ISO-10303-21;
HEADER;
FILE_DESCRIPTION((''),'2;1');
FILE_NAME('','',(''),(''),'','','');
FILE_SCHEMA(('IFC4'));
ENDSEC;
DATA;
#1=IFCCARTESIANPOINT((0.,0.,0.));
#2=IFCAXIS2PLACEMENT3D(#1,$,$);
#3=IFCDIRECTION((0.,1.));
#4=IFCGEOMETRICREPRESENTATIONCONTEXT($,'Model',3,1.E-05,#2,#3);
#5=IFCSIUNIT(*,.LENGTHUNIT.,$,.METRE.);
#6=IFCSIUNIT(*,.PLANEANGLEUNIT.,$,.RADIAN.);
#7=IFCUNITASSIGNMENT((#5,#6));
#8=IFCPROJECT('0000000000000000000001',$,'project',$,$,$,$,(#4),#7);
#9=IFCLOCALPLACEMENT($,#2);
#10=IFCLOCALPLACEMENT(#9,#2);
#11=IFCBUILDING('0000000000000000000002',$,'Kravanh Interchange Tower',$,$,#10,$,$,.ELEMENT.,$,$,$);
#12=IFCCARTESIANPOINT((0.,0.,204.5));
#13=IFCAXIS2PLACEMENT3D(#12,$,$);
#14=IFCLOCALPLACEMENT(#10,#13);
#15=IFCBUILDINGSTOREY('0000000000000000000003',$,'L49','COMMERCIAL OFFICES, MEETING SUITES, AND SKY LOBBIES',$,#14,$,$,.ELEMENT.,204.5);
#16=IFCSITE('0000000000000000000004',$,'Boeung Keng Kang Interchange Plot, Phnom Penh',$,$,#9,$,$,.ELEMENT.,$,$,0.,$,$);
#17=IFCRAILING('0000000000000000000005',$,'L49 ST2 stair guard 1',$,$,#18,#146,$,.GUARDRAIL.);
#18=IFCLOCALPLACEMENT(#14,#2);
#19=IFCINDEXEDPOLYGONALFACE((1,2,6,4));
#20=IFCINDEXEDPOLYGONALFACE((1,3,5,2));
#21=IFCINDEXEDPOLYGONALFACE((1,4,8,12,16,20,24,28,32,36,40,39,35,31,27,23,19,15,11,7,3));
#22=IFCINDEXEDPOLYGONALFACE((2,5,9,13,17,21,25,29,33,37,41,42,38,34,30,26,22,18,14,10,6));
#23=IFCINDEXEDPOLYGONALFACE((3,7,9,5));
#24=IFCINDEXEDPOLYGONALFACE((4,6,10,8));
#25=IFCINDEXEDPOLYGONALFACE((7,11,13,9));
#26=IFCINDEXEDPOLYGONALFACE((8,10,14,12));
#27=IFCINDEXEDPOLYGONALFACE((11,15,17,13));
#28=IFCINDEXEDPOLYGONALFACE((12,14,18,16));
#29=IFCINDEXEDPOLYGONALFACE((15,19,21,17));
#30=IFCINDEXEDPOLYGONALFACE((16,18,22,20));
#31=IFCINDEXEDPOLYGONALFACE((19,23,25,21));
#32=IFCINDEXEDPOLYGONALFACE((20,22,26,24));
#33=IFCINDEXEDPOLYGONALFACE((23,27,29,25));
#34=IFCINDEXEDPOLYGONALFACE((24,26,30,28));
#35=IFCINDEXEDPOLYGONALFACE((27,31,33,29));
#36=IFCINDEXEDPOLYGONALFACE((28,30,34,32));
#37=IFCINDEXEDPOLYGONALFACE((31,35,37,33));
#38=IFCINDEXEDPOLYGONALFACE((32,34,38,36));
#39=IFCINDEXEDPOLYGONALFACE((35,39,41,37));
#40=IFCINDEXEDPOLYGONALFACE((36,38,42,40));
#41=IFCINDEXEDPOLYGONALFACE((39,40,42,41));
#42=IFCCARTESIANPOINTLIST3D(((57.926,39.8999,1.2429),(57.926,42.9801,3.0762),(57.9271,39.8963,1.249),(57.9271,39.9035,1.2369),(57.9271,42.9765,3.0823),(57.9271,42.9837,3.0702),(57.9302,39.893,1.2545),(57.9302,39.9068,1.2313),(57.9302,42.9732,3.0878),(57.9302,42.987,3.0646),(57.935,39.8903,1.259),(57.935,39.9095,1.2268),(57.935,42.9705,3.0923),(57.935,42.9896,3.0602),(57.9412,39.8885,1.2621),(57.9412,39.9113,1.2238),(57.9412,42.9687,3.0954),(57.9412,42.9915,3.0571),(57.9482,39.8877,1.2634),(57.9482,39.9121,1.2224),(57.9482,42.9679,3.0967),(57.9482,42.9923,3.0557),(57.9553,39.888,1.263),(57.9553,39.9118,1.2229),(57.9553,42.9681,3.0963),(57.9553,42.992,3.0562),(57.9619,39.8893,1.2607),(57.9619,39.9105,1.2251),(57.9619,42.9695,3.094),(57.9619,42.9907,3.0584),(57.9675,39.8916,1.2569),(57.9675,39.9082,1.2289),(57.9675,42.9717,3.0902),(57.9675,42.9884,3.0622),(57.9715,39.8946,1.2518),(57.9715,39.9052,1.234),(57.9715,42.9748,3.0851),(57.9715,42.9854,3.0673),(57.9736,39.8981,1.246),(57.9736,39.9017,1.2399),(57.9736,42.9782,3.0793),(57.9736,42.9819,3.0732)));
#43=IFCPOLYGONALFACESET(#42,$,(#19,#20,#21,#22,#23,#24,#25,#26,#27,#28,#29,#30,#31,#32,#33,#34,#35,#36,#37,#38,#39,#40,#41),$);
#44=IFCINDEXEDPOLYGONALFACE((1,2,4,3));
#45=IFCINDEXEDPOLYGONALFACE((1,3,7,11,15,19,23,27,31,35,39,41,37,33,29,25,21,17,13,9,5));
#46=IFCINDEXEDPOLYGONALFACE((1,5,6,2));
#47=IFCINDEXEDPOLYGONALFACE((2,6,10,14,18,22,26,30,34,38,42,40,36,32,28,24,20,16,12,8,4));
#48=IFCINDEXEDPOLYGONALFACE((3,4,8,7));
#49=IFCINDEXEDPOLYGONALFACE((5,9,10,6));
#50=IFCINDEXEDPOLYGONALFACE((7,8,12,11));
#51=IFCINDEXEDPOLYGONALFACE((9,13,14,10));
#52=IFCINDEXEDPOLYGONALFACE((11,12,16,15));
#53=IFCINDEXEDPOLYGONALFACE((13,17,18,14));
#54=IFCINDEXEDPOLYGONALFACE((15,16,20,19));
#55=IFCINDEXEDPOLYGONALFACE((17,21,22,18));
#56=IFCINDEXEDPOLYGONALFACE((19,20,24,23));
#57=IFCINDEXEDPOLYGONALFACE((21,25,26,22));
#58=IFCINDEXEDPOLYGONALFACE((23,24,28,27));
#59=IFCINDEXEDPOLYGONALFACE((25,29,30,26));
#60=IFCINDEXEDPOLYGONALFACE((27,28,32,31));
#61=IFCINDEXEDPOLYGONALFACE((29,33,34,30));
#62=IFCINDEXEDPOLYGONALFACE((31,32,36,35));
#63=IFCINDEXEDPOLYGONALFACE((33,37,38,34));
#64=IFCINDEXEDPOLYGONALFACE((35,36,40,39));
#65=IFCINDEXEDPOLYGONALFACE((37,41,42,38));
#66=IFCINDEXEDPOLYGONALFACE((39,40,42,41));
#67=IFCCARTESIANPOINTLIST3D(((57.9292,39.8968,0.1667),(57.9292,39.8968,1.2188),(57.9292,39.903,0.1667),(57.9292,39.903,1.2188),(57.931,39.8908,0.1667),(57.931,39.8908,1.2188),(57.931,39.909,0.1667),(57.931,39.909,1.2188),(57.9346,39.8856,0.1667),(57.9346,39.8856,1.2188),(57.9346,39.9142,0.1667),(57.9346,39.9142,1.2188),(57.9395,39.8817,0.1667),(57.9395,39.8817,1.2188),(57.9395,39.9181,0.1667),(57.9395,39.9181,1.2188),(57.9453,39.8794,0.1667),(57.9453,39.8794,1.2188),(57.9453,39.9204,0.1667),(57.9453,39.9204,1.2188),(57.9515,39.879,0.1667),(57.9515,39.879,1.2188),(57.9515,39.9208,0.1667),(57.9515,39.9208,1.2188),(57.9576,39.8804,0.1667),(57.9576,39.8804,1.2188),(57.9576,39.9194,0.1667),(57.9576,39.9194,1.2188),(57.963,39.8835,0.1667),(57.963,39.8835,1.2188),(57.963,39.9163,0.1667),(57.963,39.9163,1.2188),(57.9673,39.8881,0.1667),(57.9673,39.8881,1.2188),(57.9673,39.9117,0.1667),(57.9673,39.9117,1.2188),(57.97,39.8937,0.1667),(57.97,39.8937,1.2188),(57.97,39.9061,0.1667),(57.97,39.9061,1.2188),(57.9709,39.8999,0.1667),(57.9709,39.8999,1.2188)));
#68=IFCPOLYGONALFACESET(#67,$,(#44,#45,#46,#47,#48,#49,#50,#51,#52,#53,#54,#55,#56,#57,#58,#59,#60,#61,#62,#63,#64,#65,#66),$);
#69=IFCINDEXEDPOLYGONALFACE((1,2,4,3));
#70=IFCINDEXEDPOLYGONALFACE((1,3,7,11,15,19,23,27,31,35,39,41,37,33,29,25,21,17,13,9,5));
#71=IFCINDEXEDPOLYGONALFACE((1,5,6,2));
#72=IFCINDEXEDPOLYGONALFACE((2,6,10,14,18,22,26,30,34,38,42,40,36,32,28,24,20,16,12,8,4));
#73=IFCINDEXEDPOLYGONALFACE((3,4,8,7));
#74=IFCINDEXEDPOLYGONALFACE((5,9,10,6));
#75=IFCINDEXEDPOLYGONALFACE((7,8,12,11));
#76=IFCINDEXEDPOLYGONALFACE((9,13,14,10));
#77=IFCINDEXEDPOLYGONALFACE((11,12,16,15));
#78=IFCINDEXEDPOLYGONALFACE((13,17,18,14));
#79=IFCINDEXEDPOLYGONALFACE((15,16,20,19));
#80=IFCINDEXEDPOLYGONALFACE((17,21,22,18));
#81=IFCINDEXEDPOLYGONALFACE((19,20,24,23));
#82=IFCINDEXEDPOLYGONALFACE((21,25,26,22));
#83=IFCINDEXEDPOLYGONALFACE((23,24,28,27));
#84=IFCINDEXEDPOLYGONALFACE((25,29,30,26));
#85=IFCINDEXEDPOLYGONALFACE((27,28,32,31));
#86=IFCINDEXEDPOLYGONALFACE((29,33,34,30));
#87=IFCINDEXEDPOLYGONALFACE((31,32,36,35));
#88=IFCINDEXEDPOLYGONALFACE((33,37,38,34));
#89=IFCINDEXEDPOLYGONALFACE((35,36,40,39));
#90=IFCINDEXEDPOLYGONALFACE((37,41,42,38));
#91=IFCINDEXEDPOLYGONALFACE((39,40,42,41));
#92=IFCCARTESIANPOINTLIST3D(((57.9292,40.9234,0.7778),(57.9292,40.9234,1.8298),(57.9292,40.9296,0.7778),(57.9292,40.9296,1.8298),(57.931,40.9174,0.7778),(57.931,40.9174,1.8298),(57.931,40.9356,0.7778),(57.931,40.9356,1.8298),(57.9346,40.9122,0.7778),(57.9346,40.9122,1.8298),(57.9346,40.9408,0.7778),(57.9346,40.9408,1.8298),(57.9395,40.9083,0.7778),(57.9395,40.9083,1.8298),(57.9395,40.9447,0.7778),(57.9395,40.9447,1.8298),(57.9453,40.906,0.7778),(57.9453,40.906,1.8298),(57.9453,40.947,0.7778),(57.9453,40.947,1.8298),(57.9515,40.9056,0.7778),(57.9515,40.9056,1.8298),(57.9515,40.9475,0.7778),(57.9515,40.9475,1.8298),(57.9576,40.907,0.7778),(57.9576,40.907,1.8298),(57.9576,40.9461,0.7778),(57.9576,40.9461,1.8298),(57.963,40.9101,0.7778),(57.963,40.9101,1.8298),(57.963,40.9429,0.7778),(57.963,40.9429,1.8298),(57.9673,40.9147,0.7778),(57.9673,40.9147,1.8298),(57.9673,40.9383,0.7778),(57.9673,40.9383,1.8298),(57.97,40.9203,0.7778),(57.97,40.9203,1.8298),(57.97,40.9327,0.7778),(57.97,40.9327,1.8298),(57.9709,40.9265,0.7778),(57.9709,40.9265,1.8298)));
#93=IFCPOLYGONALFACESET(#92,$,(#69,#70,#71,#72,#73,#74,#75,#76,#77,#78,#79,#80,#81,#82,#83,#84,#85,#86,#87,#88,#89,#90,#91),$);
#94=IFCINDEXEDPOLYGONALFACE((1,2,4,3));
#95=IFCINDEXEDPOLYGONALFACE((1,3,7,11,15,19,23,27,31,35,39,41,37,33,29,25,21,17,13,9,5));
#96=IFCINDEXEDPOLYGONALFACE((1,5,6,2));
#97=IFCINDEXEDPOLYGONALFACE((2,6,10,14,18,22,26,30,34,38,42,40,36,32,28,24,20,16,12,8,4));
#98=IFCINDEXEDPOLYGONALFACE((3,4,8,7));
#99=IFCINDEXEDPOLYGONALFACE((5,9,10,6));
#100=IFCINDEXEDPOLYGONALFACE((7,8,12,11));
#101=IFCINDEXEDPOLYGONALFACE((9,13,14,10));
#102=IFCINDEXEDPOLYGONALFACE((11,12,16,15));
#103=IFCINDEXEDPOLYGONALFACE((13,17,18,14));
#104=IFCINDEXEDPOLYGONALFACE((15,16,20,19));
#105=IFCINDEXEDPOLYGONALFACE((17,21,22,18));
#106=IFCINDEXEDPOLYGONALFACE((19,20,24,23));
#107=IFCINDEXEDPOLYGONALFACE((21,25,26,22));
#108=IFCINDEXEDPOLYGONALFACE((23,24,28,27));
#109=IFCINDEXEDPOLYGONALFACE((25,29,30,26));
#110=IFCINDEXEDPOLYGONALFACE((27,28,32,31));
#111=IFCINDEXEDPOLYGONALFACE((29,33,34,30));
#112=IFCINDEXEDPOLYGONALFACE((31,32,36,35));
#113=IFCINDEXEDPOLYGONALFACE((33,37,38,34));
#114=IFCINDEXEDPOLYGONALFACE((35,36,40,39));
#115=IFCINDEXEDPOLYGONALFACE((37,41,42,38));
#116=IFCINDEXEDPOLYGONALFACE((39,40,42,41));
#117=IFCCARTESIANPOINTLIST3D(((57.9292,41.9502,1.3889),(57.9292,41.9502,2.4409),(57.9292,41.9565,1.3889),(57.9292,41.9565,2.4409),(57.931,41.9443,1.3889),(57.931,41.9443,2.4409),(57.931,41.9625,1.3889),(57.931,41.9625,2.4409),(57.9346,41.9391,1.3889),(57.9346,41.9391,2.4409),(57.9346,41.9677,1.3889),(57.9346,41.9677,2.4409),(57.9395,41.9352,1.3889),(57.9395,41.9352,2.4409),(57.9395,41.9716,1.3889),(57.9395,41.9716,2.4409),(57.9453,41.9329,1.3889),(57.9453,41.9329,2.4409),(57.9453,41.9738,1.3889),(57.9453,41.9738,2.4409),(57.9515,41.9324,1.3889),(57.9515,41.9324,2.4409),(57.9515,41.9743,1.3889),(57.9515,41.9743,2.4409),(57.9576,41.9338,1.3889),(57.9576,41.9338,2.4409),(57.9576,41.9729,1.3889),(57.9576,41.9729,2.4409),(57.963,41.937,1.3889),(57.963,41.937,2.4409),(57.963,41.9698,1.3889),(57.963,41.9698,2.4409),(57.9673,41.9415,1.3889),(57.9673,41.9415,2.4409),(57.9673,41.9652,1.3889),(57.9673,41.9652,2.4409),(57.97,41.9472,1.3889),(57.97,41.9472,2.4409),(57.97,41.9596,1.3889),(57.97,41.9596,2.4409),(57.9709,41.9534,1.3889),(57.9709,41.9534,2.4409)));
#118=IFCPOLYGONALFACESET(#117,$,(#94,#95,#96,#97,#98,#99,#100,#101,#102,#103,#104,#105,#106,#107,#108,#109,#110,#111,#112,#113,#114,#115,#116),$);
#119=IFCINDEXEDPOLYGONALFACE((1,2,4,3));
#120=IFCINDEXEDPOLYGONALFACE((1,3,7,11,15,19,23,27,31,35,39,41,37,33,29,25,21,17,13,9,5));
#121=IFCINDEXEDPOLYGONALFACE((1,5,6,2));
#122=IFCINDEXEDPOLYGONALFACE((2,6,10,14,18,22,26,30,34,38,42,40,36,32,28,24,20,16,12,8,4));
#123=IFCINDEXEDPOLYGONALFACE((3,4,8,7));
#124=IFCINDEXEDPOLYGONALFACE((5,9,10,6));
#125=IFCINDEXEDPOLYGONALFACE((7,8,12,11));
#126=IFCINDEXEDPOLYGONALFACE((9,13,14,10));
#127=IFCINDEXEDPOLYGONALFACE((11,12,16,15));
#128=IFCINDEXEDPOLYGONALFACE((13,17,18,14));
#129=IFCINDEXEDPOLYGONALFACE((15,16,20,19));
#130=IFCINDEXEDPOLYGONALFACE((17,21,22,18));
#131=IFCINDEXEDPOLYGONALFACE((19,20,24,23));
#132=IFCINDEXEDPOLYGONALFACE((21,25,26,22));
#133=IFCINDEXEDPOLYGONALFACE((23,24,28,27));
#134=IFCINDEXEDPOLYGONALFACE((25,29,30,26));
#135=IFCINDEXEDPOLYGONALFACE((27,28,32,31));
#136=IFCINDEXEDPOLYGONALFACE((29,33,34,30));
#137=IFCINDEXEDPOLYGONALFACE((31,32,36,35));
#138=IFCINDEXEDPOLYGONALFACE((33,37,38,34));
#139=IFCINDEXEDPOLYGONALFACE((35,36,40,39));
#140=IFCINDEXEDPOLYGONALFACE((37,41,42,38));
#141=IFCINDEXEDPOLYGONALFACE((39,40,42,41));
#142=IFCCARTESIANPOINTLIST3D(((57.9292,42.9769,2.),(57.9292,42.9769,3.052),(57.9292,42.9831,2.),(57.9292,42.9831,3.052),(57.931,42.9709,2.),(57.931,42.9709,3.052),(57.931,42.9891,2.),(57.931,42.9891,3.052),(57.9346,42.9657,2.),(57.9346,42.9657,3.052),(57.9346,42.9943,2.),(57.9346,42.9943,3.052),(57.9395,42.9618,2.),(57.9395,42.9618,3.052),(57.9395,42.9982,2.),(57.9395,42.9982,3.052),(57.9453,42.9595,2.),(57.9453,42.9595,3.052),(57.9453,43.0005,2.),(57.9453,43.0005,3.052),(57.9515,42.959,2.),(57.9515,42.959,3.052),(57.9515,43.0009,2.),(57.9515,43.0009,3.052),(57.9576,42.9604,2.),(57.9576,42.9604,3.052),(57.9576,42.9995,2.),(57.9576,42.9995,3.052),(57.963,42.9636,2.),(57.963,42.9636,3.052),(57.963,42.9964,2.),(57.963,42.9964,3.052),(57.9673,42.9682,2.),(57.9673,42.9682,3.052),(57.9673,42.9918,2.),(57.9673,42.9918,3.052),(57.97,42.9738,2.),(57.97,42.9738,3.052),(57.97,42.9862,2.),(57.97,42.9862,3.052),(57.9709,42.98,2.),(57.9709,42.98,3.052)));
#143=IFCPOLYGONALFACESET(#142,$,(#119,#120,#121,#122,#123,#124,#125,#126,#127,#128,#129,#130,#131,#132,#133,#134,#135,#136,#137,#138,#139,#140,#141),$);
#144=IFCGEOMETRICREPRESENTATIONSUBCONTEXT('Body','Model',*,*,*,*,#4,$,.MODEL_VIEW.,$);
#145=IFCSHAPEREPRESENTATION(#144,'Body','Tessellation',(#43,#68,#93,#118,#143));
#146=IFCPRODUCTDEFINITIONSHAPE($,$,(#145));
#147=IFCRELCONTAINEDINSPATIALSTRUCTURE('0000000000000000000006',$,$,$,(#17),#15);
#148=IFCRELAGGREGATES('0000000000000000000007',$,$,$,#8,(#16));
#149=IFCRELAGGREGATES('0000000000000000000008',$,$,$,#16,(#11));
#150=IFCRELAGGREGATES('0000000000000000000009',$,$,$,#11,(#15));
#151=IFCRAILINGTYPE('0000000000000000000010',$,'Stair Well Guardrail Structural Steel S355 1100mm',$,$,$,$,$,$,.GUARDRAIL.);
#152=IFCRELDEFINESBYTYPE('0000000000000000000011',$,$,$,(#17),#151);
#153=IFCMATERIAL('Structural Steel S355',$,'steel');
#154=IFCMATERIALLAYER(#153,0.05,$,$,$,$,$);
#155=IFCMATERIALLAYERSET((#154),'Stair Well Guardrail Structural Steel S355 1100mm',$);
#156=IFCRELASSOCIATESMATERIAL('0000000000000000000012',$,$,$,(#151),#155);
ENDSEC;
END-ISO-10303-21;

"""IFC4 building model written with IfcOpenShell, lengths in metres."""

from ifc_helpers import new_model, si_unit, direction, frame, origin, origin_2d, place, context, subcontext, project, spatial, circle, extrude, material, layer, layer_set, type_object, element, save


model = new_model("IFC4")

# Units and contexts
model_context = context("Model", 3, precision=1e-05, world=origin(), true_north=direction((0.0, 1.0)))
body_context = subcontext(model_context, "Body", "Model", "MODEL_VIEW")
ifc_project = project(units=[si_unit("LENGTHUNIT", "METRE"), si_unit("PLANEANGLEUNIT", "RADIAN")], contexts=[model_context])

# Site, building, storey
site_placement = place(None, origin())
site = spatial("IfcSite", under=ifc_project, at=site_placement, Name="Boeung Keng Kang Interchange Plot, Phnom Penh", CompositionType="ELEMENT", RefElevation=0.0)
building_placement = place(site_placement, origin())
building = spatial("IfcBuilding", under=site, at=building_placement, Name="Kravanh Interchange Tower", CompositionType="ELEMENT")
storey_placement = place(building_placement, frame((0.0, 0.0, 204.5)))
storey = spatial("IfcBuildingStorey", under=building, at=storey_placement, Name="L49", Description="COMMERCIAL OFFICES, MEETING SUITES, AND SKY LOBBIES", CompositionType="ELEMENT", Elevation=204.5)

# Railing
ifc_material_1 = material(Name="Structural Steel S355", Category="steel")
ifc_layer_1 = layer(ifc_material_1, 0.05)
ifc_layer_set_1 = layer_set([ifc_layer_1], Name="Stair Well Guardrail Structural Steel S355 1100mm")
railing_type_1 = type_object("IfcRailingType", Name="Stair Well Guardrail Structural Steel S355 1100mm", PredefinedType="GUARDRAIL", material=ifc_layer_set_1)
railing_1_placement = place(storey_placement, frame((57.95, 39.8999, 0.1667)))
element("IfcRailing", 1, at=railing_1_placement, inside=storey, type_object=railing_type_1, Name="L49 ST2 stair guard 1", PredefinedType="GUARDRAIL", context=body_context, shape_type="SweptSolid", body=[
    extrude(circle(Radius=0.0239, at=origin_2d()), frame((0.0, 0.0, 1.0762), z_axis=(0.0, 0.859309, 0.511458), x_axis=(-1.0, 0.0, 0.0)), (0.0, 0.0, 1.0), 3.5845),
    extrude(circle(Radius=0.021, at=origin_2d()), origin(), (0.0, 0.0, 1.0), 1.052),
    extrude(circle(Radius=0.021, at=origin_2d()), frame((0.0, 1.0266, 0.6111)), (0.0, 0.0, 1.0), 1.052),
    extrude(circle(Radius=0.021, at=origin_2d()), frame((0.0, 2.0535, 1.2222)), (0.0, 0.0, 1.0), 1.052),
    extrude(circle(Radius=0.021, at=origin_2d()), frame((0.0, 3.0801, 1.8333)), (0.0, 0.0, 1.0), 1.052),
])

save(model, "model.ifc")
